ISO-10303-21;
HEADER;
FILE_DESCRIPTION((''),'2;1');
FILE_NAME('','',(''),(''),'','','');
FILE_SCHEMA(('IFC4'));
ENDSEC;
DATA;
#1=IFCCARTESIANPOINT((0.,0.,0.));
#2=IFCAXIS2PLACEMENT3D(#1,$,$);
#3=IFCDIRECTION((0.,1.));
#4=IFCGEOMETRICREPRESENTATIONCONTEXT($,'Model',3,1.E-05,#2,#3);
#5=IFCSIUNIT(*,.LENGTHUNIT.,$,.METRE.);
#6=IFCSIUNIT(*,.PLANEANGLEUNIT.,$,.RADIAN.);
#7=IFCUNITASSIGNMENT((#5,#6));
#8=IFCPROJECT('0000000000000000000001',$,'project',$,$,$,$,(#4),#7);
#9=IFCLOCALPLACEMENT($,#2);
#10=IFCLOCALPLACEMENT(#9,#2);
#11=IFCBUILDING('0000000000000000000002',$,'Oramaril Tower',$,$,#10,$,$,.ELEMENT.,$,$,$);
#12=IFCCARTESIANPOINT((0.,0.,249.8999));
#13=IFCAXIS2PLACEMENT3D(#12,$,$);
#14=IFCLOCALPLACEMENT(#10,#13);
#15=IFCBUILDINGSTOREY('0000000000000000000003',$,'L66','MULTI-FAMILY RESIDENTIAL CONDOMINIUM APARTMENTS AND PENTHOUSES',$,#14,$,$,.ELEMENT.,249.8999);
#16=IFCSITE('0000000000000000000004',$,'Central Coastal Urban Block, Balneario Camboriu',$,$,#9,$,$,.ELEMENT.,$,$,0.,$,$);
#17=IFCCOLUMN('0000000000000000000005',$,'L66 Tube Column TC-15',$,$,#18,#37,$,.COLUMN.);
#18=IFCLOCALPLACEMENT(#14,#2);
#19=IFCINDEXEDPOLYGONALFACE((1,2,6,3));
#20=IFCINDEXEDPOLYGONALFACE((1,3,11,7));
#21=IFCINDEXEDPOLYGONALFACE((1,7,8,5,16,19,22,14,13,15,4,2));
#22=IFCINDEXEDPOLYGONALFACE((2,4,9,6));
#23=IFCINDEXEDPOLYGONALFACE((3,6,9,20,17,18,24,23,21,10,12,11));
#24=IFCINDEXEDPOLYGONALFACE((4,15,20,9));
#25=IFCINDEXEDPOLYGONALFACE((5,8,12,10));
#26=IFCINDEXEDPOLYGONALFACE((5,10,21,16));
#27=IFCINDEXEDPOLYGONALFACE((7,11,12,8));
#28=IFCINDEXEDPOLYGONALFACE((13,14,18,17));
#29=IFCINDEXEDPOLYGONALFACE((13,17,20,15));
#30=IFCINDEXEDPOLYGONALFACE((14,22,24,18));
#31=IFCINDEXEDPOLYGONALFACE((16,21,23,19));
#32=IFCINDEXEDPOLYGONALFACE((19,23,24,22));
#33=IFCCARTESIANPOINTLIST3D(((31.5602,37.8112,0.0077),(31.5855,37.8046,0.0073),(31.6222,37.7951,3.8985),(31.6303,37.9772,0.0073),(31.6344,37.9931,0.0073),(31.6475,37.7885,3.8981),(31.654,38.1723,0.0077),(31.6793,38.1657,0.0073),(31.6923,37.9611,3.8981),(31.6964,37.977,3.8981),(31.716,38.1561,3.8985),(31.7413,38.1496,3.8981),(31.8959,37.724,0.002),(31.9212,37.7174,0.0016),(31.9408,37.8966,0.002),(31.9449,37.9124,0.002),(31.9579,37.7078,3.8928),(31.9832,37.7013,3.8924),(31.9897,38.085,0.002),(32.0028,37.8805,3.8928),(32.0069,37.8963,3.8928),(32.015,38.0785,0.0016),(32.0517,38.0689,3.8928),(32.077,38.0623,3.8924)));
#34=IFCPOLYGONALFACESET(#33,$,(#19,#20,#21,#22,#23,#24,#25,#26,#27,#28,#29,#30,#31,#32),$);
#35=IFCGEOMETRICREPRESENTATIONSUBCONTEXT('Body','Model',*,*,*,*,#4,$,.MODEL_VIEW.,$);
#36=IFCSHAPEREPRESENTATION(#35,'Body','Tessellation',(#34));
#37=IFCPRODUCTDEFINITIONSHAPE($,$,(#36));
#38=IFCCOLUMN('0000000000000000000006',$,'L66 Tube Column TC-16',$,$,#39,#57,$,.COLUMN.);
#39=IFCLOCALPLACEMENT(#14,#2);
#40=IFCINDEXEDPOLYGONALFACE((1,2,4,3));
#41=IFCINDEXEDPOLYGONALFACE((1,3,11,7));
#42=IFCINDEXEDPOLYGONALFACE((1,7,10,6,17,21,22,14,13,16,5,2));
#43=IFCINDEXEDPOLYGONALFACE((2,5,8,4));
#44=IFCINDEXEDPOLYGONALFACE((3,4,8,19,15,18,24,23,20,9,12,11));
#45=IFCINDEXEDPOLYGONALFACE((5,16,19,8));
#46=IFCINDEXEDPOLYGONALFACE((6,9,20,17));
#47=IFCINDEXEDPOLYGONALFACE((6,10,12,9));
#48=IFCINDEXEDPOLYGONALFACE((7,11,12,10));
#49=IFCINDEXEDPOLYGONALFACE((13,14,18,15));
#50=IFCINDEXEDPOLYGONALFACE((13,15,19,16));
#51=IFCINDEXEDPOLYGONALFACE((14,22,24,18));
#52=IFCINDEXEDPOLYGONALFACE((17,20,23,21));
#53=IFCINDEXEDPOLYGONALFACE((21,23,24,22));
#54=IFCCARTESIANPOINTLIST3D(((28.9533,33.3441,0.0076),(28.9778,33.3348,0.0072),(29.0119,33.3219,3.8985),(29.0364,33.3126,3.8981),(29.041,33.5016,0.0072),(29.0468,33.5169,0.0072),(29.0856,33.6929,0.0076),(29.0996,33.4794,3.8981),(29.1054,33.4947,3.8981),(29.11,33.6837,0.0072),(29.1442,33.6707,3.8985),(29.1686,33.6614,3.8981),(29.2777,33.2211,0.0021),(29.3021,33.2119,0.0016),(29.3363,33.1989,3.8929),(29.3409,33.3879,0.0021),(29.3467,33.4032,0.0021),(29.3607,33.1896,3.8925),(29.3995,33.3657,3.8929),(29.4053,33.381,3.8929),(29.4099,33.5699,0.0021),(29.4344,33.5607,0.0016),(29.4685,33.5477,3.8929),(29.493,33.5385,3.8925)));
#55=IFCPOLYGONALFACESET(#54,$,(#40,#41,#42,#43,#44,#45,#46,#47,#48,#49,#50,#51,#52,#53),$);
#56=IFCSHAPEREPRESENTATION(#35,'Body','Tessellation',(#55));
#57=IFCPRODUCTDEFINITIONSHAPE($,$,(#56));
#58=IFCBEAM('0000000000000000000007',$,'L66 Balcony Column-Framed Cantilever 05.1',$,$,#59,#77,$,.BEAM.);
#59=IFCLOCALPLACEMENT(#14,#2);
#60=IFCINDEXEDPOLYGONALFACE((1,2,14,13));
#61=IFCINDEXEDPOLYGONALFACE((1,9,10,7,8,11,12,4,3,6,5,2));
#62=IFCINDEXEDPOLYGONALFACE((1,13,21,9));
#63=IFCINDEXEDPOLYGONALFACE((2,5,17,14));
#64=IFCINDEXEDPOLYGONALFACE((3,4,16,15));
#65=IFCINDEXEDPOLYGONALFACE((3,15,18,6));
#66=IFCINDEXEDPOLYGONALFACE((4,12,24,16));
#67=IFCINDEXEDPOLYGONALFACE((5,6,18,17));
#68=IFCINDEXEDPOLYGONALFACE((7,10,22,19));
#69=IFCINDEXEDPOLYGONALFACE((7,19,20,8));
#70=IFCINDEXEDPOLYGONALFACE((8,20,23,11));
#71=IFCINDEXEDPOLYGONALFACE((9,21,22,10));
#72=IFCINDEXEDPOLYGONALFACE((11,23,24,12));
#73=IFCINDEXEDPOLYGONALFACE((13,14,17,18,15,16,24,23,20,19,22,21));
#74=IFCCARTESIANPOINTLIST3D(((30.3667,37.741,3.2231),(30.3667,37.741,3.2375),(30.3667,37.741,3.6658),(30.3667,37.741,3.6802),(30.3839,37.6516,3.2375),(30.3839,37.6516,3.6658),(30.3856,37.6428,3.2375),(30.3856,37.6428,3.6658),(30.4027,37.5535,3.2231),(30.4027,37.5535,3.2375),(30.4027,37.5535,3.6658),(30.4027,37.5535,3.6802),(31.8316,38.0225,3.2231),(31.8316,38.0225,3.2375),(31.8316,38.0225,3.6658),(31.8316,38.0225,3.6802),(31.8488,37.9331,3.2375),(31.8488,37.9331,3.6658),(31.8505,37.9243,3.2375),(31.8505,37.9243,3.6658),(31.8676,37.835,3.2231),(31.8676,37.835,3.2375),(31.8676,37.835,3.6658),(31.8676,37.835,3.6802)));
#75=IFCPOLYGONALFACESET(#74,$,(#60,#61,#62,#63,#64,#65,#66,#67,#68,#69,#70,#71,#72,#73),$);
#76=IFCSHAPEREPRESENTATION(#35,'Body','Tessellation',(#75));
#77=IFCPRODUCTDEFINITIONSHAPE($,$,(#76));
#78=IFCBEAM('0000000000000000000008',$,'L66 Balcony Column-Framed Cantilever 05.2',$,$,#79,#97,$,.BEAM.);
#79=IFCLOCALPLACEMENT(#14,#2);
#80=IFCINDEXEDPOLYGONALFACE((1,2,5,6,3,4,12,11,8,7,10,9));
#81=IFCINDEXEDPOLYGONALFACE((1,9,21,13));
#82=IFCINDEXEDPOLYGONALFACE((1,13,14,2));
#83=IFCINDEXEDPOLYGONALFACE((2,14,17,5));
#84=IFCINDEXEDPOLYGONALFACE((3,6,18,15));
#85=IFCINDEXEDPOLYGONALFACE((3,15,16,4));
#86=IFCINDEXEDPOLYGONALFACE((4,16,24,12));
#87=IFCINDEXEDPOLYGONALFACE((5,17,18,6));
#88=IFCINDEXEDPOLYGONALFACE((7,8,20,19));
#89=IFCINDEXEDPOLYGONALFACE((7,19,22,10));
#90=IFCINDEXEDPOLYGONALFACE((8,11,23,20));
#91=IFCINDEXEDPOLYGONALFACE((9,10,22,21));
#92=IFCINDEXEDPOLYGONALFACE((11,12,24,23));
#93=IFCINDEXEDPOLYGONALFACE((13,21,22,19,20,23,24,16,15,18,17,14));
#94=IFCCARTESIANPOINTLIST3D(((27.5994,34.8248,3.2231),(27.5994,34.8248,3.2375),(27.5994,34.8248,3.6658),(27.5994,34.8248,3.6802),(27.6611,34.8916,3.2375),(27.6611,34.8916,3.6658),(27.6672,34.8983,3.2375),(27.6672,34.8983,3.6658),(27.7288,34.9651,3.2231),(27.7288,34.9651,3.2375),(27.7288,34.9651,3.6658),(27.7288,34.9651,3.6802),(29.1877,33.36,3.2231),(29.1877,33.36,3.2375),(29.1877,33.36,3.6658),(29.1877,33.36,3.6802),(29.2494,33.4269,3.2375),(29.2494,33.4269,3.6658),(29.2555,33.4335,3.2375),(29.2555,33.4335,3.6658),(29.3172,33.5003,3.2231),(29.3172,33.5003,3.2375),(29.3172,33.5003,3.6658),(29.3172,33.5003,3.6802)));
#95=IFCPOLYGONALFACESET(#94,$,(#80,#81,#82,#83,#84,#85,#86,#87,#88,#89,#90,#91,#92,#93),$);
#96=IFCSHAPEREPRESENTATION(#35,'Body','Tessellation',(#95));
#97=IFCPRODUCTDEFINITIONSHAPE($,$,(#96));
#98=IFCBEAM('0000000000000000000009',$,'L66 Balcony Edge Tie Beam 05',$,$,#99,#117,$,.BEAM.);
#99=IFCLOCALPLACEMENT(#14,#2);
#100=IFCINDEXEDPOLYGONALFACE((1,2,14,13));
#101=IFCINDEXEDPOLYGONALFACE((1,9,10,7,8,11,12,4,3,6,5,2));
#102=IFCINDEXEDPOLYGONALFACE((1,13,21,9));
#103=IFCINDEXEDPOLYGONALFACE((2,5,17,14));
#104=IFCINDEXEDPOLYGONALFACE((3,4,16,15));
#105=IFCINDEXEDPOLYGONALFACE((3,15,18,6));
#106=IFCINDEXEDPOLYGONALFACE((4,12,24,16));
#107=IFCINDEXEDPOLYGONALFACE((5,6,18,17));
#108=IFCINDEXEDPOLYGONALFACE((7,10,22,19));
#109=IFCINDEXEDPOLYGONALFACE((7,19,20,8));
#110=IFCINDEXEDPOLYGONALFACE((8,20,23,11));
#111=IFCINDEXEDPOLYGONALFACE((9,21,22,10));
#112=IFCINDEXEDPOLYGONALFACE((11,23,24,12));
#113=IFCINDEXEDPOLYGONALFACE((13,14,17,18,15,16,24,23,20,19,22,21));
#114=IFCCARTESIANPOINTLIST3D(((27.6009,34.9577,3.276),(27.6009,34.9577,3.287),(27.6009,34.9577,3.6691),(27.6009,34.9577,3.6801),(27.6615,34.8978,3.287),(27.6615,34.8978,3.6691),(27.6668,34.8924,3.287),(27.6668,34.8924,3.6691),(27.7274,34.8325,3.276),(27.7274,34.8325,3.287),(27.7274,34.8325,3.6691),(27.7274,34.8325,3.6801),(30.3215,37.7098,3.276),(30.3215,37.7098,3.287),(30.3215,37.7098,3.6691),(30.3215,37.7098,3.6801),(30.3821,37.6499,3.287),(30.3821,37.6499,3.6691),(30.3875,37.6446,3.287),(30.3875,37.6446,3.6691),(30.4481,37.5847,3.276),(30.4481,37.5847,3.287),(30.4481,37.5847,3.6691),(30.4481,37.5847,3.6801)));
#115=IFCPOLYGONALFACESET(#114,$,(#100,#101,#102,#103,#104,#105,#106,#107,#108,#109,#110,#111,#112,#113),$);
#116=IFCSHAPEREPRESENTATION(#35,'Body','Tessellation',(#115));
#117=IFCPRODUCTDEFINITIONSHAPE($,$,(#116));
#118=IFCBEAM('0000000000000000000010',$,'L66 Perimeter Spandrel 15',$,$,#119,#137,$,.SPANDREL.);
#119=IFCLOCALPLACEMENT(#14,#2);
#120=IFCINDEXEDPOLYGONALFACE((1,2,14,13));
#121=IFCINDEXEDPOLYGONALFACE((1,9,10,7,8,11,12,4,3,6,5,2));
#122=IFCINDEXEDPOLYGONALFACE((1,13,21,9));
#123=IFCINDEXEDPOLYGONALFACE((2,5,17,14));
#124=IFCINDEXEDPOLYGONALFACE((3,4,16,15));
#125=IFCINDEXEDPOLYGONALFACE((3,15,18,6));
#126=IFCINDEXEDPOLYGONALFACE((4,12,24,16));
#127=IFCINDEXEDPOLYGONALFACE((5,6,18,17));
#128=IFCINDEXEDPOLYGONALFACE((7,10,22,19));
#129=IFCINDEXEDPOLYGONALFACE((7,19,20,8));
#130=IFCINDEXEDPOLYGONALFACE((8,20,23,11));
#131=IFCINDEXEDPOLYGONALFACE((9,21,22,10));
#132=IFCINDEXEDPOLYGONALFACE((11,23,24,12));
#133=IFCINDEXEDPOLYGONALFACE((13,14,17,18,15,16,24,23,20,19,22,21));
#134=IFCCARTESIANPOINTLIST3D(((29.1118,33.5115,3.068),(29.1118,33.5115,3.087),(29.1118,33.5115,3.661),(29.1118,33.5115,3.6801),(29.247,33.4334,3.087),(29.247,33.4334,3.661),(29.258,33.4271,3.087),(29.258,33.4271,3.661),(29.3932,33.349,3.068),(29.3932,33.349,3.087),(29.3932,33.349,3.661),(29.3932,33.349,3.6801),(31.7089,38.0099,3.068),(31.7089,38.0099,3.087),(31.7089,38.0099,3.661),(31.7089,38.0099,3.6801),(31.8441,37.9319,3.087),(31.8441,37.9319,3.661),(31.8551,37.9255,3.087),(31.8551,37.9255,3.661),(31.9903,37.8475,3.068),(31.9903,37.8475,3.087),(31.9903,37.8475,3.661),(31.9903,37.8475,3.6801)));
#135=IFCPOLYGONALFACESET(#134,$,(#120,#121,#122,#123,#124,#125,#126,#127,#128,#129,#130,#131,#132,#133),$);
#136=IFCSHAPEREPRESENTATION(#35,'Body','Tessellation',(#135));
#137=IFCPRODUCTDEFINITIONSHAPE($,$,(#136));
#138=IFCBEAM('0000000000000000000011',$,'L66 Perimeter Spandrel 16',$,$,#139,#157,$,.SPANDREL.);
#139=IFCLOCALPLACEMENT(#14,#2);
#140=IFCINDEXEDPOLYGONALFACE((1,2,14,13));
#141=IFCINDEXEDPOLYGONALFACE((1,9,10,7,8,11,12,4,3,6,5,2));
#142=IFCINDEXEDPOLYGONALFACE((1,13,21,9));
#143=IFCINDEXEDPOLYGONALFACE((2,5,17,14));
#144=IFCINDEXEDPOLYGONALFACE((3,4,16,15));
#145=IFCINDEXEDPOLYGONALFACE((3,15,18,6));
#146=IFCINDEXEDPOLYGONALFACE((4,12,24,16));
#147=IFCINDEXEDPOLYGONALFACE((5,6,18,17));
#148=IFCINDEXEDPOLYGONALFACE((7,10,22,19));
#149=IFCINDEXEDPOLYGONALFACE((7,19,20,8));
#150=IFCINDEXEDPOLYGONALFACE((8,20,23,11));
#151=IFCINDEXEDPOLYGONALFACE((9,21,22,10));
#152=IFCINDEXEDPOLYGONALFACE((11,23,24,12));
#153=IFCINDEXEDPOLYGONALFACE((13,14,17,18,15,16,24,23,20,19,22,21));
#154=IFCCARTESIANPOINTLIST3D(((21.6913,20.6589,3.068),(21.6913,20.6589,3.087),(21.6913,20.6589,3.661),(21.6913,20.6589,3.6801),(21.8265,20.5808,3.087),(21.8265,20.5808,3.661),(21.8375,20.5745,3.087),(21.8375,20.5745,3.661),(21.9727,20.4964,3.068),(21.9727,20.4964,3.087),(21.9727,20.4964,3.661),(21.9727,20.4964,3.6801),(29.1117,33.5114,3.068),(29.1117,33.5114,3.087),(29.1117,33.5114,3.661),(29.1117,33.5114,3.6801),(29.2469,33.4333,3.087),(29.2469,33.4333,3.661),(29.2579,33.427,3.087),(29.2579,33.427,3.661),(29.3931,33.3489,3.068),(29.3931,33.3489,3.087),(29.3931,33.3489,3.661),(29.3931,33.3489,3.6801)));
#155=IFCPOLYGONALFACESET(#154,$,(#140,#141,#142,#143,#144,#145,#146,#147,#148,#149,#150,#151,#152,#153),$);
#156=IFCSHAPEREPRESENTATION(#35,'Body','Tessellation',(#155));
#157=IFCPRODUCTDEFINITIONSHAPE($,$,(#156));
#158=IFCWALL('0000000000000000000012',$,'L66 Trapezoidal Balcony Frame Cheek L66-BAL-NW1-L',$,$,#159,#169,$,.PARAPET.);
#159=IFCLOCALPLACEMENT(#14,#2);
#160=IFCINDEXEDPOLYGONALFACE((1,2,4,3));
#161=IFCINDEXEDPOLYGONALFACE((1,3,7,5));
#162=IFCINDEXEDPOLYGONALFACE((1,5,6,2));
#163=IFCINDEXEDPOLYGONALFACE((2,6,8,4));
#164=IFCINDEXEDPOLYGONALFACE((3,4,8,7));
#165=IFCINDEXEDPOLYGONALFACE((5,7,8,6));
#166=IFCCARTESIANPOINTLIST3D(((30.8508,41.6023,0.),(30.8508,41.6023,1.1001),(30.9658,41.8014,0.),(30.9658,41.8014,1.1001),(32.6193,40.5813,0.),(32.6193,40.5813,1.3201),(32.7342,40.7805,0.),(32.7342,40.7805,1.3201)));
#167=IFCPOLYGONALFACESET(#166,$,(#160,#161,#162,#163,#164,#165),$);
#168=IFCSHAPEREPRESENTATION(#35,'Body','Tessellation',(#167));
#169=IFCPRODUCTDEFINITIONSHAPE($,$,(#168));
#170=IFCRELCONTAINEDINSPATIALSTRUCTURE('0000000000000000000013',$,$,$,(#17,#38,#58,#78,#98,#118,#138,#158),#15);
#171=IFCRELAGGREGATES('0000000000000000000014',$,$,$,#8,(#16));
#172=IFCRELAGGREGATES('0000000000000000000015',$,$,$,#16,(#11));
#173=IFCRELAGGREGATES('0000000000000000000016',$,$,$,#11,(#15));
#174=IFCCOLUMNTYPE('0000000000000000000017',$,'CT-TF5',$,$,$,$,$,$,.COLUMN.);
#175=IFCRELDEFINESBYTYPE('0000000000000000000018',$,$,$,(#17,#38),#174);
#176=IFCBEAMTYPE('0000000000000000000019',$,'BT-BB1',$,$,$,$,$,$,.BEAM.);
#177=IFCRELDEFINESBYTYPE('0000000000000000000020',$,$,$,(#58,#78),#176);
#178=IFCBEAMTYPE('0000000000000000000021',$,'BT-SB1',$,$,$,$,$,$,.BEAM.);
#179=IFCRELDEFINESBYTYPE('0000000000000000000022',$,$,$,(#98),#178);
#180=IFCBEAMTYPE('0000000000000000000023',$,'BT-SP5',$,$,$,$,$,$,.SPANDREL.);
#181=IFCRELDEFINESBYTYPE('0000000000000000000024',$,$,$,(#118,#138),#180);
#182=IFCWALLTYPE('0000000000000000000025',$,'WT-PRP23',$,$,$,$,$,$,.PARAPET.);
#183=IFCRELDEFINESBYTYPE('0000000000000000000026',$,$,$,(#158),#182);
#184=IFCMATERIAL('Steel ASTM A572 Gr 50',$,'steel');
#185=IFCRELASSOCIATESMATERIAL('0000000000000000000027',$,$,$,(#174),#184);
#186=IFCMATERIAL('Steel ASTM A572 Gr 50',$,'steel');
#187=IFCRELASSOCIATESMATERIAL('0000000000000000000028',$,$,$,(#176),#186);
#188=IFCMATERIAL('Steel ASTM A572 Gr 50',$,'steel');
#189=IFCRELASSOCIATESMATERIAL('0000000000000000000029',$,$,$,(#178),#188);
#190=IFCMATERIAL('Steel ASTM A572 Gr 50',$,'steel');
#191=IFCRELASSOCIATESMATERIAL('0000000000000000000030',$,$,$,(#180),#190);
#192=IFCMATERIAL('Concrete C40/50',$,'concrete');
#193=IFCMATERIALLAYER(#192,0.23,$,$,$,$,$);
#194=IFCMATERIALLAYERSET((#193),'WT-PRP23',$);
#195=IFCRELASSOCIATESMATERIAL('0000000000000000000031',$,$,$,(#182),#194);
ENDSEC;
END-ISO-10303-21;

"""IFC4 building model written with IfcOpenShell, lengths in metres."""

from ifc_helpers import new_model, si_unit, direction, frame, origin, origin_2d, place, context, subcontext, project, spatial, polyline, i_section, outline, extrude, material, layer, layer_set, material_profile, profile_set, type_object, element, save


model = new_model("IFC4")

# Units and contexts
model_context = context("Model", 3, precision=1e-05, world=origin(), true_north=direction((0.0, 1.0)))
body_context = subcontext(model_context, "Body", "Model", "MODEL_VIEW")
ifc_project = project(units=[si_unit("LENGTHUNIT", "METRE"), si_unit("PLANEANGLEUNIT", "RADIAN")], contexts=[model_context])

# Site, building, storey
site_placement = place(None, origin())
site = spatial("IfcSite", under=ifc_project, at=site_placement, Name="Central Coastal Urban Block, Balneario Camboriu", CompositionType="ELEMENT", RefElevation=0.0)
building_placement = place(site_placement, origin())
building = spatial("IfcBuilding", under=site, at=building_placement, Name="Oramaril Tower", CompositionType="ELEMENT")
storey_placement = place(building_placement, frame((0.0, 0.0, 249.8999)))
storey = spatial("IfcBuildingStorey", under=building, at=storey_placement, Name="L66", Description="MULTI-FAMILY RESIDENTIAL CONDOMINIUM APARTMENTS AND PENTHOUSES", CompositionType="ELEMENT", Elevation=249.8999)

# Columns
ifc_material_1 = material(Name="Steel ASTM A572 Gr 50", Category="steel")
ifc_material_profile_1 = material_profile(ifc_material_1, i_section(OverallWidth=0.373, OverallDepth=0.373, WebThickness=0.0164, FlangeThickness=0.0261, at=origin_2d()), Name="W14X132")
ifc_profile_set_1 = profile_set([ifc_material_profile_1], Name="Steel ASTM A572 Gr 50")
column_type = type_object("IfcColumnType", Name="CT-TF5", PredefinedType="COLUMN", material=ifc_profile_set_1)
for number, where, z_axis, x_axis, name in (
    (1, (31.7876, 37.9448, 0.0046), (0.015936, -0.004141, 0.999864), (0.251491, 0.96786, 0.0), "L66 Tube Column TC-15"),
    (2, (29.1938, 33.4524, 0.0046), (0.015057, -0.005709, 0.99987), (0.354537, 0.935042, 0.0), "L66 Tube Column TC-16"),
):
    element("IfcColumn", number, at=place(storey_placement, frame(where, z_axis=z_axis, x_axis=x_axis)), inside=storey, type_object=column_type, Name=name, PredefinedType="COLUMN", context=body_context, shape_type="SweptSolid", body=[
        extrude(i_section(OverallWidth=0.373, OverallDepth=0.373, WebThickness=0.0164, FlangeThickness=0.0261, at=origin_2d()), origin(), (0.0, 0.0, 1.0), 3.8914),
    ])

# Beams
ifc_material_2 = material(Name="Steel ASTM A572 Gr 50", Category="steel")
ifc_material_profile_2 = material_profile(ifc_material_2, i_section(OverallWidth=0.1909, OverallDepth=0.457, WebThickness=0.009, FlangeThickness=0.0144, at=origin_2d()), Name="W18X50")
ifc_profile_set_2 = profile_set([ifc_material_profile_2], Name="Steel ASTM A572 Gr 50")
beam_type_1 = type_object("IfcBeamType", Name="BT-BB1", PredefinedType="BEAM", material=ifc_profile_set_2)
beam_1_placement = place(storey_placement, frame((31.8496, 37.9287, 3.4517), z_axis=(-0.982032, -0.188714, 0.0), x_axis=(0.188714, -0.982032, 0.0)))
element("IfcBeam", 3, at=beam_1_placement, inside=storey, type_object=beam_type_1, Name="L66 Balcony Column-Framed Cantilever 05.1", PredefinedType="BEAM", context=body_context, shape_type="SweptSolid", body=[
    extrude(i_section(OverallWidth=0.1909, OverallDepth=0.457, WebThickness=0.009, FlangeThickness=0.0144, at=origin_2d()), origin(), (0.0, 0.0, 1.0), 1.4917),
])
beam_2_placement = place(storey_placement, frame((29.2524, 33.4302, 3.4517), z_axis=(-0.735115, 0.677942, 0.0), x_axis=(-0.677942, -0.735115, 0.0)))
element("IfcBeam", 4, at=beam_2_placement, inside=storey, type_object=beam_type_1, Name="L66 Balcony Column-Framed Cantilever 05.2", PredefinedType="BEAM", context=body_context, shape_type="SweptSolid", body=[
    extrude(i_section(OverallWidth=0.1909, OverallDepth=0.457, WebThickness=0.009, FlangeThickness=0.0144, at=origin_2d()), origin(), (0.0, 0.0, 1.0), 2.1606),
])
ifc_material_3 = material(Name="Steel ASTM A572 Gr 50", Category="steel")
ifc_material_profile_3 = material_profile(ifc_material_3, i_section(OverallWidth=0.178, OverallDepth=0.4041, WebThickness=0.0076, FlangeThickness=0.011, at=origin_2d()), Name="W16X36")
ifc_profile_set_3 = profile_set([ifc_material_profile_3], Name="Steel ASTM A572 Gr 50")
beam_type_2 = type_object("IfcBeamType", Name="BT-SB1", PredefinedType="BEAM", material=ifc_profile_set_3)
beam_3_placement = place(storey_placement, frame((30.3848, 37.6472, 3.478), z_axis=(-0.703026, -0.711164, 0.0), x_axis=(0.711164, -0.703026, 0.0)))
element("IfcBeam", 5, at=beam_3_placement, inside=storey, type_object=beam_type_2, Name="L66 Balcony Edge Tie Beam 05", PredefinedType="BEAM", context=body_context, shape_type="SweptSolid", body=[
    extrude(i_section(OverallWidth=0.178, OverallDepth=0.4041, WebThickness=0.0076, FlangeThickness=0.011, at=origin_2d()), origin(), (0.0, 0.0, 1.0), 3.8699),
])
ifc_material_4 = material(Name="Steel ASTM A572 Gr 50", Category="steel")
ifc_material_profile_4 = material_profile(ifc_material_4, i_section(OverallWidth=0.325, OverallDepth=0.6121, WebThickness=0.0127, FlangeThickness=0.019, at=origin_2d()), Name="W24X104")
ifc_profile_set_4 = profile_set([ifc_material_profile_4], Name="Steel ASTM A572 Gr 50")
beam_type_3 = type_object("IfcBeamType", Name="BT-SP5", PredefinedType="SPANDREL", material=ifc_profile_set_4)
beam_4_placement = place(storey_placement, frame((31.8496, 37.9287, 3.374), z_axis=(-0.499991, -0.866031, 0.0), x_axis=(0.866031, -0.499991, 0.0)))
element("IfcBeam", 6, at=beam_4_placement, inside=storey, type_object=beam_type_3, Name="L66 Perimeter Spandrel 15", PredefinedType="SPANDREL", context=body_context, shape_type="SweptSolid", body=[
    extrude(i_section(OverallWidth=0.325, OverallDepth=0.6121, WebThickness=0.0127, FlangeThickness=0.019, at=origin_2d()), origin(), (0.0, 0.0, 1.0), 5.1943),
])
beam_5_placement = place(storey_placement, frame((29.2524, 33.4302, 3.374), z_axis=(-0.5, -0.866026, 0.0), x_axis=(0.866026, -0.5, 0.0)))
element("IfcBeam", 7, at=beam_5_placement, inside=storey, type_object=beam_type_3, Name="L66 Perimeter Spandrel 16", PredefinedType="SPANDREL", context=body_context, shape_type="SweptSolid", body=[
    extrude(i_section(OverallWidth=0.325, OverallDepth=0.6121, WebThickness=0.0127, FlangeThickness=0.019, at=origin_2d()), origin(), (0.0, 0.0, 1.0), 14.8408),
])

# Wall
ifc_material_5 = material(Name="Concrete C40/50", Category="concrete")
ifc_layer_1 = layer(ifc_material_5, 0.23)
ifc_layer_set_1 = layer_set([ifc_layer_1], Name="WT-PRP23")
wall_type_1 = type_object("IfcWallType", Name="WT-PRP23", PredefinedType="PARAPET", material=ifc_layer_set_1)
wall_1_placement = place(storey_placement, frame((32.6768, 40.6809, 0.0), z_axis=(0.0, 0.0, 1.0), x_axis=(-0.866042, 0.499971, 0.0)))
element("IfcWall", 8, at=wall_1_placement, inside=storey, type_object=wall_type_1, Name="L66 Trapezoidal Balcony Frame Cheek L66-BAL-NW1-L", PredefinedType="PARAPET", context=body_context, shape_type="SweptSolid", body=[
    extrude(outline(polyline([(0.0, 0.0), (2.042, 0.0), (2.042, 1.1001), (0.0, 1.3201), (0.0, 0.0)])), frame((0.0, 0.115, 0.0), z_axis=(0.0, -1.0, 0.0), x_axis=(1.0, 0.0, 0.0)), (0.0, 0.0, 1.0), 0.23),
])

save(model, "model.ifc")
